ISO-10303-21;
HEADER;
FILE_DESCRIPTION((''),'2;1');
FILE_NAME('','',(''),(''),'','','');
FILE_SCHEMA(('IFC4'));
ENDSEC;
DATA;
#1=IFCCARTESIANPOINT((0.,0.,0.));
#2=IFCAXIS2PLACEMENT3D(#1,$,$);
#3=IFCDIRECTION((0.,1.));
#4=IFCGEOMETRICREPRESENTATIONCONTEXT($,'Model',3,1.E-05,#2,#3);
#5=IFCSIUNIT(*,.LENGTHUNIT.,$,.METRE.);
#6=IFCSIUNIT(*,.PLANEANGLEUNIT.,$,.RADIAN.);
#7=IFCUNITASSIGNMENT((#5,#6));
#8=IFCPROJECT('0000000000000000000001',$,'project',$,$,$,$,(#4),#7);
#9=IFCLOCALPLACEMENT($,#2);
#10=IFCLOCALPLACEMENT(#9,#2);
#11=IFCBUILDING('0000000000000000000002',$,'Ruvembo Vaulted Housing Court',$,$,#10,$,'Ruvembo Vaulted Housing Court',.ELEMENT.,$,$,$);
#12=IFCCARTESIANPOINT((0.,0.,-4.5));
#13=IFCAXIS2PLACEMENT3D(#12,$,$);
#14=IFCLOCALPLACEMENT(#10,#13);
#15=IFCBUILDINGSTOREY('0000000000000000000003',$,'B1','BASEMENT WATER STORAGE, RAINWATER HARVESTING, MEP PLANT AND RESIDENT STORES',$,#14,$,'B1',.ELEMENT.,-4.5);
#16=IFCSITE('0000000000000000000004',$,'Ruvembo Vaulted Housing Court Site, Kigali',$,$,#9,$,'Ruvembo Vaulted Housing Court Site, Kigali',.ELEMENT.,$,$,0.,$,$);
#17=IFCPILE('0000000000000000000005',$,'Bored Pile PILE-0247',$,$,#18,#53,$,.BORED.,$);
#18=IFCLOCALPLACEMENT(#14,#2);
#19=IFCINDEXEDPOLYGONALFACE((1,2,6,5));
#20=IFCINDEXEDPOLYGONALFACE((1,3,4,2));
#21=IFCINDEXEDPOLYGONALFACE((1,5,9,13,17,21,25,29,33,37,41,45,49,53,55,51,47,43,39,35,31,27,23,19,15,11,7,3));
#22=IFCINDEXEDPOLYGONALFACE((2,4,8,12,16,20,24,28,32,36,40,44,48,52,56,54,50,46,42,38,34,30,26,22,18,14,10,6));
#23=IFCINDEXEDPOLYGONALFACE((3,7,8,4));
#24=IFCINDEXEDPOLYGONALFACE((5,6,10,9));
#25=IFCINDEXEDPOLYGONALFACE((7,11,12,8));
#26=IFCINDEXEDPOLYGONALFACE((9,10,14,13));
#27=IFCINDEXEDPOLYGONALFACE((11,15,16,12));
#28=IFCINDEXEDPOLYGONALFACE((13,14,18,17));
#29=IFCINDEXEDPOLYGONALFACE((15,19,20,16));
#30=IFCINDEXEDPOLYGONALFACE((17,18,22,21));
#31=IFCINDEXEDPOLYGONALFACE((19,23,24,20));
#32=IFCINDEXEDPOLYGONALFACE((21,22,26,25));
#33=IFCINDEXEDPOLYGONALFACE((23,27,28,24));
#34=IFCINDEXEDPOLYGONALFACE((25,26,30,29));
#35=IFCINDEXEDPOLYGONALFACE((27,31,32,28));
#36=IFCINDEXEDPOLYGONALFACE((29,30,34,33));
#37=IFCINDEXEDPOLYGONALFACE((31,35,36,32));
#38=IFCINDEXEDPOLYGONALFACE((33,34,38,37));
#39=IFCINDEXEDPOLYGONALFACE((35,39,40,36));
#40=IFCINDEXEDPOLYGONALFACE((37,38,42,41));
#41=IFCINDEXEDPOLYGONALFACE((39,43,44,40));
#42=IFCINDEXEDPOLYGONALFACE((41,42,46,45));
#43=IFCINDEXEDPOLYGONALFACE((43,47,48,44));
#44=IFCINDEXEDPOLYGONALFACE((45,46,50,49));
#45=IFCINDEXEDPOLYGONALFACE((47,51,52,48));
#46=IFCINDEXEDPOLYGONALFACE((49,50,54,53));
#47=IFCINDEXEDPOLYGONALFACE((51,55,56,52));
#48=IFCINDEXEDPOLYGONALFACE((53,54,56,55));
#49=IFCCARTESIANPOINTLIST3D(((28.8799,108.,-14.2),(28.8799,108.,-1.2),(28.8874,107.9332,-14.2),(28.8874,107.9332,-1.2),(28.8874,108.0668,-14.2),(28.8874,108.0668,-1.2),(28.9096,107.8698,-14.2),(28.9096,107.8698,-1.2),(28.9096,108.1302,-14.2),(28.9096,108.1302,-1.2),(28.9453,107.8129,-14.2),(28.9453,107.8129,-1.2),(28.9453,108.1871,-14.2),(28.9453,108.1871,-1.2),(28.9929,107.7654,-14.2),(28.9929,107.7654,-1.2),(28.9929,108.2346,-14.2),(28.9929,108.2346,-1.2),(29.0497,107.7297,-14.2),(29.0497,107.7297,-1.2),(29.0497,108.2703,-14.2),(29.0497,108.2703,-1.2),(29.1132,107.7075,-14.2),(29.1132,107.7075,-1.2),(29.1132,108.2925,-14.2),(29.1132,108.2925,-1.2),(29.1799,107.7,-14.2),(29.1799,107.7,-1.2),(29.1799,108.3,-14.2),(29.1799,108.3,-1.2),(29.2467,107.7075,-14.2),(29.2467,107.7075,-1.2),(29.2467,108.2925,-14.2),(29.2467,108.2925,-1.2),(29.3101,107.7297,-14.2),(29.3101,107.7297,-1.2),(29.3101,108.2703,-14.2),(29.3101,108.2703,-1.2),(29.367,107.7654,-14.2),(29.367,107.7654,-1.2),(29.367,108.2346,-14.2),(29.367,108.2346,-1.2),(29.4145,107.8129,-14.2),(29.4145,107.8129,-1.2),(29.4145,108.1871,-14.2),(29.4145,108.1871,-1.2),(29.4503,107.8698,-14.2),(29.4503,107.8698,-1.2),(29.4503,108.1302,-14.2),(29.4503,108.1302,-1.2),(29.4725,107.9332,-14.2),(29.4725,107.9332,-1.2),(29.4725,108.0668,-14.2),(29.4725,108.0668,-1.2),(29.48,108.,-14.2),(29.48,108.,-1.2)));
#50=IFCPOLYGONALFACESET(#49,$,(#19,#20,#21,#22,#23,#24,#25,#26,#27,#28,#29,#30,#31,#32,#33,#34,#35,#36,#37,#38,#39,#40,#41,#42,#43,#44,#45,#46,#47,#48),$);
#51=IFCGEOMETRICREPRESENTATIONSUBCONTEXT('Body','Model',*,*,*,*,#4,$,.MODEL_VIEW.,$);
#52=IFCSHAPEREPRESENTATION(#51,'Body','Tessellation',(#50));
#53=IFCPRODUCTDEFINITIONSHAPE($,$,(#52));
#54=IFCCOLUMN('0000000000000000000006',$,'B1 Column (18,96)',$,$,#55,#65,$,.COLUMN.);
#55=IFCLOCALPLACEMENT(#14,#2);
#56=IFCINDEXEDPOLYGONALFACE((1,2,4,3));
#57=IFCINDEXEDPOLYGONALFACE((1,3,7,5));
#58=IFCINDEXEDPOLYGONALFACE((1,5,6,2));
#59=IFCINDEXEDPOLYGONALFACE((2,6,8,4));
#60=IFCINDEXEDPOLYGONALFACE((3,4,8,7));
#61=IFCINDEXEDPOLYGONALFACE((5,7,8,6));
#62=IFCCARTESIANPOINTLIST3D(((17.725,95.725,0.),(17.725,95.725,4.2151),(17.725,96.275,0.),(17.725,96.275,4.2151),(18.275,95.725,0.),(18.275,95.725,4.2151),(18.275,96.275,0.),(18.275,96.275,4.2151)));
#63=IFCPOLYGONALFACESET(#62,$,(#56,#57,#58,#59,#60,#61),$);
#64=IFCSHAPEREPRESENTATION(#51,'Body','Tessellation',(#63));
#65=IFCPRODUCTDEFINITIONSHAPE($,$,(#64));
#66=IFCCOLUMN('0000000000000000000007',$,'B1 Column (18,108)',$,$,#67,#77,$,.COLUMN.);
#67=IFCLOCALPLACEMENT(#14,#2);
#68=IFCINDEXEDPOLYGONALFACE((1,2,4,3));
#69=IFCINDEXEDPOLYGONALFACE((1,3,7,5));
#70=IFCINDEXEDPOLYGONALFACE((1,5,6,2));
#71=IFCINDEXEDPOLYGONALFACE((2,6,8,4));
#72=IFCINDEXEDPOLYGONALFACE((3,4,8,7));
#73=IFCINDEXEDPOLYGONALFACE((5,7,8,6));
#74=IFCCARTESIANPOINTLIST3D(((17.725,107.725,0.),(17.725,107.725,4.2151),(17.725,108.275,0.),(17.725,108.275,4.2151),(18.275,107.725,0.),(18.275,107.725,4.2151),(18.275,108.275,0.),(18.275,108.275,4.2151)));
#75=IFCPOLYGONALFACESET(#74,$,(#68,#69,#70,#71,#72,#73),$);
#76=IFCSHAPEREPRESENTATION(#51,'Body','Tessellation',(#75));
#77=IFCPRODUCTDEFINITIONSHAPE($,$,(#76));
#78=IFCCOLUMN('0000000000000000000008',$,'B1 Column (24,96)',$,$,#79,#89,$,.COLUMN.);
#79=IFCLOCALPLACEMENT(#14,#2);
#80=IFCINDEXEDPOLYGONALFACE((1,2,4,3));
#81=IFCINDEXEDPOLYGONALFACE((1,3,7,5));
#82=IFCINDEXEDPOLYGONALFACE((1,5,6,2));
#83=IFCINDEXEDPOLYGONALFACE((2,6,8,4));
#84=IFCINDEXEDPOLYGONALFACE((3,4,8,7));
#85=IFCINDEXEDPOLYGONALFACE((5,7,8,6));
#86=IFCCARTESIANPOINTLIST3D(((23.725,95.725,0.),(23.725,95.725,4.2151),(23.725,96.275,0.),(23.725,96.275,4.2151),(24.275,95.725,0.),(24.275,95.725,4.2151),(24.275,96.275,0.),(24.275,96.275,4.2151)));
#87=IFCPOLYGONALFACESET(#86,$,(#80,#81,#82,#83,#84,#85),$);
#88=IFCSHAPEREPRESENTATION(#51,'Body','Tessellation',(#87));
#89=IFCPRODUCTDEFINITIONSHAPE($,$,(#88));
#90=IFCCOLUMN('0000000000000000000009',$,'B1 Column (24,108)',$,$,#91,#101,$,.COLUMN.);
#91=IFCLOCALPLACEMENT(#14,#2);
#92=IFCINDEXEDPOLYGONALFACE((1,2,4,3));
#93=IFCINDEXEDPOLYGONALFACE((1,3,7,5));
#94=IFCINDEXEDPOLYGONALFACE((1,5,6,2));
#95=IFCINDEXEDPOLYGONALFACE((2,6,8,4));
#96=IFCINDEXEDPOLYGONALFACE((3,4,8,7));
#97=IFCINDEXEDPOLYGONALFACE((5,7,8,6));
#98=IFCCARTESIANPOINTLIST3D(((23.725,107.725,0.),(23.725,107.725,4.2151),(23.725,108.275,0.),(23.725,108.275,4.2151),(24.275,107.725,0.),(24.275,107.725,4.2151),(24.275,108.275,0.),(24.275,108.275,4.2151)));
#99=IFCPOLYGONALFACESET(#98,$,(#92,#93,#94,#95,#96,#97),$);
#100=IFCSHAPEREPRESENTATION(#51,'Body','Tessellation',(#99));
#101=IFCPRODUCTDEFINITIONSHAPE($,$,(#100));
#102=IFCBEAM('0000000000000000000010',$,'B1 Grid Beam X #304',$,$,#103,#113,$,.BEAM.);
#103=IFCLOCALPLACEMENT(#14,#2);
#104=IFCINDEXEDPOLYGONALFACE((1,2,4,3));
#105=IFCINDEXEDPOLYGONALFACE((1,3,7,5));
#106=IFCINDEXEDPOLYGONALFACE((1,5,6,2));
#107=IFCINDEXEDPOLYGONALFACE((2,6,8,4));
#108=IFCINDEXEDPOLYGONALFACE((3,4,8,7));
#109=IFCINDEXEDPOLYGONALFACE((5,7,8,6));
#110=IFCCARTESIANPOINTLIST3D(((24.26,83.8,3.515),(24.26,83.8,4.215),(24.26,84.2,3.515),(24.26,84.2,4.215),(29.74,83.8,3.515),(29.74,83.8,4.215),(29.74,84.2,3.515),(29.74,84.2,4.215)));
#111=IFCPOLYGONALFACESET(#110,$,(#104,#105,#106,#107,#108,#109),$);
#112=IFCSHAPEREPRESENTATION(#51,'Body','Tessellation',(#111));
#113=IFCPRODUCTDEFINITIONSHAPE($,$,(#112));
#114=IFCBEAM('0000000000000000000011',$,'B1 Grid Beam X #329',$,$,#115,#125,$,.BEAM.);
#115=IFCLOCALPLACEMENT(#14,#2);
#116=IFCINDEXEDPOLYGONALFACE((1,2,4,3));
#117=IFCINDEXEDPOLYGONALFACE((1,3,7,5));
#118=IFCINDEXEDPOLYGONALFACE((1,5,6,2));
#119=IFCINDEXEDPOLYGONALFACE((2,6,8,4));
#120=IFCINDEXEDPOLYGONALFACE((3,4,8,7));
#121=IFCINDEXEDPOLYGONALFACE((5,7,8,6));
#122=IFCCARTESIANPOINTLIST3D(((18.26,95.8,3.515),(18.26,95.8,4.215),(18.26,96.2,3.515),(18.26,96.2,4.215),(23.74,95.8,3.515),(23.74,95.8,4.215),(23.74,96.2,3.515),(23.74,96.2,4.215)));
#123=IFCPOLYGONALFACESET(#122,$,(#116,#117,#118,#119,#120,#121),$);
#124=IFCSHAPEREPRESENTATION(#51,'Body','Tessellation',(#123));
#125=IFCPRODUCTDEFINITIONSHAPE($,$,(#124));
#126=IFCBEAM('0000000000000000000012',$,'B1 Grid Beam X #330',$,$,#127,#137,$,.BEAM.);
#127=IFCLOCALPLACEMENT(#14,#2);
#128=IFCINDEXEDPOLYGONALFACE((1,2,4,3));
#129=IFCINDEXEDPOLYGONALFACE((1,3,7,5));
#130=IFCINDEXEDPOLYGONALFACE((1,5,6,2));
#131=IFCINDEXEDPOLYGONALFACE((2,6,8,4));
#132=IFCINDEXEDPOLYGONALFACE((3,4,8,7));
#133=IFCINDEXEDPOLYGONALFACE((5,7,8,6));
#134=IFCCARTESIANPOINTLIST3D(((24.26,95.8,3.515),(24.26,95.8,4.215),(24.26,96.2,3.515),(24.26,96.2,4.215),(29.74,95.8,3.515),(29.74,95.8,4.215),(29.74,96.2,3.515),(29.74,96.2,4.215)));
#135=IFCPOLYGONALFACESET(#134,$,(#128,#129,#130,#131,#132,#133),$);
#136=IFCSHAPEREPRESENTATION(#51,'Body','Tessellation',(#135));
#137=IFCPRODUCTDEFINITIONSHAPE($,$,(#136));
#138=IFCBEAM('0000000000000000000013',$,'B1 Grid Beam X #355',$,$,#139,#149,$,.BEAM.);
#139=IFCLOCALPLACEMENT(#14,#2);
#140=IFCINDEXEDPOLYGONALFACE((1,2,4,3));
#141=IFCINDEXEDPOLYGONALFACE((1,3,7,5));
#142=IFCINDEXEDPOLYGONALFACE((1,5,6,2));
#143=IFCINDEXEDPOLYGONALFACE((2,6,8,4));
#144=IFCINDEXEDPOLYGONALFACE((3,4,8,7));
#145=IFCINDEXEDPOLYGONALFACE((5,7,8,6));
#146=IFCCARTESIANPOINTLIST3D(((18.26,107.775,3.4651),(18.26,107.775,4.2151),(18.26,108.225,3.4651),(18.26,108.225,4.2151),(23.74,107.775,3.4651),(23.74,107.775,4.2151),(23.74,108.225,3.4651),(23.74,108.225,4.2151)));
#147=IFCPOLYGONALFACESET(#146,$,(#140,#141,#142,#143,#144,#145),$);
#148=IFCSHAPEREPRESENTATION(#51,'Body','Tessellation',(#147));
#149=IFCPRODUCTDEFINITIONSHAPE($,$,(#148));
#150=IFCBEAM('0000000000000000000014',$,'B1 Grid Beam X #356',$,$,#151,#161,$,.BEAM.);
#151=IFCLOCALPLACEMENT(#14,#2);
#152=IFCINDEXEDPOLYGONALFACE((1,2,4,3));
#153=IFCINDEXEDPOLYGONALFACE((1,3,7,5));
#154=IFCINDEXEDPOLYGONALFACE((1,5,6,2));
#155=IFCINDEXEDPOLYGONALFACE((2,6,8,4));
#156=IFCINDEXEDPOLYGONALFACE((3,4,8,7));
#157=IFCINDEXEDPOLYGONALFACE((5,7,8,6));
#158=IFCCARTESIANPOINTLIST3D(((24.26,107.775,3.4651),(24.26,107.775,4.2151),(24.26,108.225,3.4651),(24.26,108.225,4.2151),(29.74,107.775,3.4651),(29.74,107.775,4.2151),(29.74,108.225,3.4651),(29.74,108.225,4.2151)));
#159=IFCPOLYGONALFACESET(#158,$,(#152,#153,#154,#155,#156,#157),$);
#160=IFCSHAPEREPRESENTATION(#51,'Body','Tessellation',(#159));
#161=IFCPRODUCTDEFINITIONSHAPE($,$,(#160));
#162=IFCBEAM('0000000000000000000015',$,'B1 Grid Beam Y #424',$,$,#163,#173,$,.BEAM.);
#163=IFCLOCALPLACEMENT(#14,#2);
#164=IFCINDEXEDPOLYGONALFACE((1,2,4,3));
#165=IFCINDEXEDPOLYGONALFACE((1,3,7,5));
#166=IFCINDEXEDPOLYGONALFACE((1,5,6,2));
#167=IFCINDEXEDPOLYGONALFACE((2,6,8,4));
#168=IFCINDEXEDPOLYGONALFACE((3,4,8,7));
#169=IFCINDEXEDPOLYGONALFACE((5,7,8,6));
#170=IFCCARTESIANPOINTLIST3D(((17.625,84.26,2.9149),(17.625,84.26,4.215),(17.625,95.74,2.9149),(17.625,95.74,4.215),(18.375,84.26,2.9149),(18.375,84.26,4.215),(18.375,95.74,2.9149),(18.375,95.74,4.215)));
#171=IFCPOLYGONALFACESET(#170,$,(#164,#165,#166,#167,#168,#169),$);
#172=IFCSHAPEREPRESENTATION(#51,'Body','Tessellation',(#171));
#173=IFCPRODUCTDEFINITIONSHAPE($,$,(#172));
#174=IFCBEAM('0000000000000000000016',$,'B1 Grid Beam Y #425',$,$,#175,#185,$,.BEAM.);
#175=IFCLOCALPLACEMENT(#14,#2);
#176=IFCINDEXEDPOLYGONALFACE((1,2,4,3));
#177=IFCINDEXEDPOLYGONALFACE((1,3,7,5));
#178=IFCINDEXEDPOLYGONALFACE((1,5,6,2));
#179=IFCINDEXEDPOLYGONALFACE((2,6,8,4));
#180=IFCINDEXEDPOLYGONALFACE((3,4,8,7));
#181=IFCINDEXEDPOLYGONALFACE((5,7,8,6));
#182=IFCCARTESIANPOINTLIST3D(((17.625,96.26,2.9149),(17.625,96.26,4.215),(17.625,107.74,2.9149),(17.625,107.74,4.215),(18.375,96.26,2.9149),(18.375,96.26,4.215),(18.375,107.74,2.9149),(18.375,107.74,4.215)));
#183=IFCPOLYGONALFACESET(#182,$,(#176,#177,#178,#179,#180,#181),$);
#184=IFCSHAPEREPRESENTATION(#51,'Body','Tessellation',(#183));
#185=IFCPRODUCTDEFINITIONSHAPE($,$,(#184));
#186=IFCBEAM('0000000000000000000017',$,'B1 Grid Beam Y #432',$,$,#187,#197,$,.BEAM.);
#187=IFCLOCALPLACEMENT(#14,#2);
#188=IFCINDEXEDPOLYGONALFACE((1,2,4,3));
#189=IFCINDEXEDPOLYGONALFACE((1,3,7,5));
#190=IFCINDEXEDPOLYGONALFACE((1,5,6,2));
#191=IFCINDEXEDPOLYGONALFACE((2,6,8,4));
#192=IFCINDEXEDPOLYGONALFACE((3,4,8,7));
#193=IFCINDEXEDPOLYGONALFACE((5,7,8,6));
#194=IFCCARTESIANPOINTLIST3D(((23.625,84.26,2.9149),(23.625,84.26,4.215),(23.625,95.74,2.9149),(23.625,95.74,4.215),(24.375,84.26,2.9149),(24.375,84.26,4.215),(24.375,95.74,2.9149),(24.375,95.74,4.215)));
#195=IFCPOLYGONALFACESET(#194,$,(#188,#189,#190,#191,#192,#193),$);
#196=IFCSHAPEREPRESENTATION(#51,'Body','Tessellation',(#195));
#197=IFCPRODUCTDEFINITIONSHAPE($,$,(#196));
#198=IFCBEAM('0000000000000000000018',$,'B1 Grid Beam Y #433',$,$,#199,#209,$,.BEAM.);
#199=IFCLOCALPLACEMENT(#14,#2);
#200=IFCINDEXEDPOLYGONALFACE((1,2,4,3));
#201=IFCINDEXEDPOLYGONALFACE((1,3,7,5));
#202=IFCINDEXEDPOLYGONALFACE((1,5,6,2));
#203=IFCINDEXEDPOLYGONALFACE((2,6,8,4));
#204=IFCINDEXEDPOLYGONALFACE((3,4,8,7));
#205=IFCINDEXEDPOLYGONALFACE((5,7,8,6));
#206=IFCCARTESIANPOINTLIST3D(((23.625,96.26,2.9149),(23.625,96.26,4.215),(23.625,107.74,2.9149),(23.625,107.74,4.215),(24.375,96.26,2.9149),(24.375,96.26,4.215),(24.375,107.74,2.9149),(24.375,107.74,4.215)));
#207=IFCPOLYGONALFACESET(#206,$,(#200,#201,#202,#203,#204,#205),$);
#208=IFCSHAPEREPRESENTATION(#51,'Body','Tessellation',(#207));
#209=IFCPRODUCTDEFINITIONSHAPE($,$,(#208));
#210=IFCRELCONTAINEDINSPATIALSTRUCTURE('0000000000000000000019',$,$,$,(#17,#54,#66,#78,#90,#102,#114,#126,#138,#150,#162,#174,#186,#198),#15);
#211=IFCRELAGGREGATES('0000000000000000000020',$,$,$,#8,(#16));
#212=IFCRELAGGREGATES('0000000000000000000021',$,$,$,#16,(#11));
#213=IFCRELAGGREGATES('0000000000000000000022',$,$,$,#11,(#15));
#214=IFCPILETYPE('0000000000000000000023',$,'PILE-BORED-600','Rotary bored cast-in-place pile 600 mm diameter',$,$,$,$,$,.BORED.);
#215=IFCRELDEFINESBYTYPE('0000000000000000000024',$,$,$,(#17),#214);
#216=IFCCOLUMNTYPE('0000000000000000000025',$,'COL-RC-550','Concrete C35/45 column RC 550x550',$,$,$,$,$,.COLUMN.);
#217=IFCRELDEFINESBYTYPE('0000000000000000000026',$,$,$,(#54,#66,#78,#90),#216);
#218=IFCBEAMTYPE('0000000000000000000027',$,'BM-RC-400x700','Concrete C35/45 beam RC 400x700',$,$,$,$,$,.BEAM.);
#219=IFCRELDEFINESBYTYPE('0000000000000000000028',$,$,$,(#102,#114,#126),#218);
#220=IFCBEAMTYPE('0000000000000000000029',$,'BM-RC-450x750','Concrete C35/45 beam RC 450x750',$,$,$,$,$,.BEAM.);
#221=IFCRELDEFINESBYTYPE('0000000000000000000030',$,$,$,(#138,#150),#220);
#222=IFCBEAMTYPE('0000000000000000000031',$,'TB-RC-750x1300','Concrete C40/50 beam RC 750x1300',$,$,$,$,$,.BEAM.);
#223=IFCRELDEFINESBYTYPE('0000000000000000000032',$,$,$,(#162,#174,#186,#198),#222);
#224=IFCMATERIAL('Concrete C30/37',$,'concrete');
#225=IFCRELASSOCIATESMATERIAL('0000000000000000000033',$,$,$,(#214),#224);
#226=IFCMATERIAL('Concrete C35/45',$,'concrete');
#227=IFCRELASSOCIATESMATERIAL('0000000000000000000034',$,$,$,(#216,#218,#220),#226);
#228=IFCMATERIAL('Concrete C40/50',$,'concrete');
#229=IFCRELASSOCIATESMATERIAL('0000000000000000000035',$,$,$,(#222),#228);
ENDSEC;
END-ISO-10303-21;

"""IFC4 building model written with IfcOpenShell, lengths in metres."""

from ifc_helpers import new_model, si_unit, direction, frame, origin, origin_2d, place, context, subcontext, project, spatial, rectangle, circle, extrude, material, material_profile, profile_set, type_object, element, save


model = new_model("IFC4")

# Units and contexts
model_context = context("Model", 3, precision=1e-05, world=origin(), true_north=direction((0.0, 1.0)))
body_context = subcontext(model_context, "Body", "Model", "MODEL_VIEW")
ifc_project = project(units=[si_unit("LENGTHUNIT", "METRE"), si_unit("PLANEANGLEUNIT", "RADIAN")], contexts=[model_context])

# Site, building, storey
site_placement = place(None, origin())
site = spatial("IfcSite", under=ifc_project, at=site_placement, Name="Ruvembo Vaulted Housing Court Site, Kigali", LongName="Ruvembo Vaulted Housing Court Site, Kigali", CompositionType="ELEMENT", RefElevation=0.0)
building_placement = place(site_placement, origin())
building = spatial("IfcBuilding", under=site, at=building_placement, Name="Ruvembo Vaulted Housing Court", LongName="Ruvembo Vaulted Housing Court", CompositionType="ELEMENT")
storey_placement = place(building_placement, frame((0.0, 0.0, -4.5)))
storey = spatial("IfcBuildingStorey", under=building, at=storey_placement, Name="B1", Description="BASEMENT WATER STORAGE, RAINWATER HARVESTING, MEP PLANT AND RESIDENT STORES", LongName="B1", CompositionType="ELEMENT", Elevation=-4.5)

# Shared definitions
ifc_material_1 = material(Name="Concrete C35/45", Category="concrete")

# Pile
ifc_material_2 = material(Name="Concrete C30/37", Category="concrete")
ifc_material_profile_1 = material_profile(ifc_material_2, circle(Radius=0.3, at=origin_2d()), Name="PILE D600")
ifc_profile_set_1 = profile_set([ifc_material_profile_1], Name="Concrete C30/37")
pile_type = type_object("IfcPileType", Name="PILE-BORED-600", Description="Rotary bored cast-in-place pile 600 mm diameter", PredefinedType="BORED", material=ifc_profile_set_1)
for number, where, z_axis, x_axis, name in (
    (1, (29.1799, 108.0, -1.2), (0.0, 0.0, -1.0), (1.0, 0.0, 0.0), "Bored Pile PILE-0247"),
):
    element("IfcPile", number, at=place(storey_placement, frame(where, z_axis=z_axis, x_axis=x_axis)), inside=storey, type_object=pile_type, Name=name, PredefinedType="BORED", context=body_context, shape_type="SweptSolid", body=[
        extrude(circle(Radius=0.3, at=origin_2d()), origin(), (0.0, 0.0, 1.0), 13.0),
    ])

# Columns
ifc_material_profile_2 = material_profile(ifc_material_1, rectangle(XDim=0.55, YDim=0.55, at=origin_2d()), Name="RC 550x550")
ifc_profile_set_2 = profile_set([ifc_material_profile_2], Name="Concrete C35/45")
column_type = type_object("IfcColumnType", Name="COL-RC-550", Description="Concrete C35/45 column RC 550x550", PredefinedType="COLUMN", material=ifc_profile_set_2)
for number, where, z_axis, x_axis, name in (
    (2, (18.0, 96.0, 0.0), (0.0, 0.0, 1.0), (1.0, 0.0, 0.0), "B1 Column (18,96)"),
    (3, (18.0, 108.0, 0.0), (0.0, 0.0, 1.0), (1.0, 0.0, 0.0), "B1 Column (18,108)"),
    (4, (24.0, 96.0, 0.0), (0.0, 0.0, 1.0), (1.0, 0.0, 0.0), "B1 Column (24,96)"),
    (5, (24.0, 108.0, 0.0), (0.0, 0.0, 1.0), (1.0, 0.0, 0.0), "B1 Column (24,108)"),
):
    element("IfcColumn", number, at=place(storey_placement, frame(where, z_axis=z_axis, x_axis=x_axis)), inside=storey, type_object=column_type, Name=name, PredefinedType="COLUMN", context=body_context, shape_type="SweptSolid", body=[
        extrude(rectangle(XDim=0.55, YDim=0.55, at=origin_2d()), origin(), (0.0, 0.0, 1.0), 4.2151),
    ])

# Beams
ifc_material_profile_3 = material_profile(ifc_material_1, rectangle(XDim=0.3999, YDim=0.7, at=origin_2d()), Name="RC 400x700")
ifc_profile_set_3 = profile_set([ifc_material_profile_3], Name="Concrete C35/45")
beam_type_1 = type_object("IfcBeamType", Name="BM-RC-400x700", Description="Concrete C35/45 beam RC 400x700", PredefinedType="BEAM", material=ifc_profile_set_3)
for number, where, z_axis, x_axis, name in (
    (6, (24.26, 84.0, 3.865), (1.0, 0.0, 0.0), (0.0, 1.0, 0.0), "B1 Grid Beam X #304"),
    (7, (18.26, 96.0, 3.865), (1.0, 0.0, 0.0), (0.0, 1.0, 0.0), "B1 Grid Beam X #329"),
    (8, (24.26, 96.0, 3.865), (1.0, 0.0, 0.0), (0.0, 1.0, 0.0), "B1 Grid Beam X #330"),
):
    element("IfcBeam", number, at=place(storey_placement, frame(where, z_axis=z_axis, x_axis=x_axis)), inside=storey, type_object=beam_type_1, Name=name, PredefinedType="BEAM", context=body_context, shape_type="SweptSolid", body=[
        extrude(rectangle(XDim=0.3999, YDim=0.7, at=origin_2d()), origin(), (0.0, 0.0, 1.0), 5.48),
    ])
ifc_material_profile_4 = material_profile(ifc_material_1, rectangle(XDim=0.45, YDim=0.75, at=origin_2d()), Name="RC 450x750")
ifc_profile_set_4 = profile_set([ifc_material_profile_4], Name="Concrete C35/45")
beam_type_2 = type_object("IfcBeamType", Name="BM-RC-450x750", Description="Concrete C35/45 beam RC 450x750", PredefinedType="BEAM", material=ifc_profile_set_4)
for number, where, z_axis, x_axis, name in (
    (9, (18.26, 108.0, 3.8401), (1.0, 0.0, 0.0), (0.0, 1.0, 0.0), "B1 Grid Beam X #355"),
    (10, (24.26, 108.0, 3.8401), (1.0, 0.0, 0.0), (0.0, 1.0, 0.0), "B1 Grid Beam X #356"),
):
    element("IfcBeam", number, at=place(storey_placement, frame(where, z_axis=z_axis, x_axis=x_axis)), inside=storey, type_object=beam_type_2, Name=name, PredefinedType="BEAM", context=body_context, shape_type="SweptSolid", body=[
        extrude(rectangle(XDim=0.45, YDim=0.75, at=origin_2d()), origin(), (0.0, 0.0, 1.0), 5.48),
    ])
ifc_material_3 = material(Name="Concrete C40/50", Category="concrete")
ifc_material_profile_5 = material_profile(ifc_material_3, rectangle(XDim=0.75, YDim=1.3, at=origin_2d()), Name="RC 750x1300")
ifc_profile_set_5 = profile_set([ifc_material_profile_5], Name="Concrete C40/50")
beam_type_3 = type_object("IfcBeamType", Name="TB-RC-750x1300", Description="Concrete C40/50 beam RC 750x1300", PredefinedType="BEAM", material=ifc_profile_set_5)
for number, where, z_axis, x_axis, name in (
    (11, (18.0, 84.26, 3.5649), (0.0, 1.0, 0.0), (-1.0, 0.0, 0.0), "B1 Grid Beam Y #424"),
    (12, (18.0, 96.26, 3.5649), (0.0, 1.0, 0.0), (-1.0, 0.0, 0.0), "B1 Grid Beam Y #425"),
    (13, (24.0, 84.26, 3.5649), (0.0, 1.0, 0.0), (-1.0, 0.0, 0.0), "B1 Grid Beam Y #432"),
    (14, (24.0, 96.26, 3.5649), (0.0, 1.0, 0.0), (-1.0, 0.0, 0.0), "B1 Grid Beam Y #433"),
):
    element("IfcBeam", number, at=place(storey_placement, frame(where, z_axis=z_axis, x_axis=x_axis)), inside=storey, type_object=beam_type_3, Name=name, PredefinedType="BEAM", context=body_context, shape_type="SweptSolid", body=[
        extrude(rectangle(XDim=0.75, YDim=1.3, at=origin_2d()), origin(), (0.0, 0.0, 1.0), 11.48),
    ])

save(model, "model.ifc")
